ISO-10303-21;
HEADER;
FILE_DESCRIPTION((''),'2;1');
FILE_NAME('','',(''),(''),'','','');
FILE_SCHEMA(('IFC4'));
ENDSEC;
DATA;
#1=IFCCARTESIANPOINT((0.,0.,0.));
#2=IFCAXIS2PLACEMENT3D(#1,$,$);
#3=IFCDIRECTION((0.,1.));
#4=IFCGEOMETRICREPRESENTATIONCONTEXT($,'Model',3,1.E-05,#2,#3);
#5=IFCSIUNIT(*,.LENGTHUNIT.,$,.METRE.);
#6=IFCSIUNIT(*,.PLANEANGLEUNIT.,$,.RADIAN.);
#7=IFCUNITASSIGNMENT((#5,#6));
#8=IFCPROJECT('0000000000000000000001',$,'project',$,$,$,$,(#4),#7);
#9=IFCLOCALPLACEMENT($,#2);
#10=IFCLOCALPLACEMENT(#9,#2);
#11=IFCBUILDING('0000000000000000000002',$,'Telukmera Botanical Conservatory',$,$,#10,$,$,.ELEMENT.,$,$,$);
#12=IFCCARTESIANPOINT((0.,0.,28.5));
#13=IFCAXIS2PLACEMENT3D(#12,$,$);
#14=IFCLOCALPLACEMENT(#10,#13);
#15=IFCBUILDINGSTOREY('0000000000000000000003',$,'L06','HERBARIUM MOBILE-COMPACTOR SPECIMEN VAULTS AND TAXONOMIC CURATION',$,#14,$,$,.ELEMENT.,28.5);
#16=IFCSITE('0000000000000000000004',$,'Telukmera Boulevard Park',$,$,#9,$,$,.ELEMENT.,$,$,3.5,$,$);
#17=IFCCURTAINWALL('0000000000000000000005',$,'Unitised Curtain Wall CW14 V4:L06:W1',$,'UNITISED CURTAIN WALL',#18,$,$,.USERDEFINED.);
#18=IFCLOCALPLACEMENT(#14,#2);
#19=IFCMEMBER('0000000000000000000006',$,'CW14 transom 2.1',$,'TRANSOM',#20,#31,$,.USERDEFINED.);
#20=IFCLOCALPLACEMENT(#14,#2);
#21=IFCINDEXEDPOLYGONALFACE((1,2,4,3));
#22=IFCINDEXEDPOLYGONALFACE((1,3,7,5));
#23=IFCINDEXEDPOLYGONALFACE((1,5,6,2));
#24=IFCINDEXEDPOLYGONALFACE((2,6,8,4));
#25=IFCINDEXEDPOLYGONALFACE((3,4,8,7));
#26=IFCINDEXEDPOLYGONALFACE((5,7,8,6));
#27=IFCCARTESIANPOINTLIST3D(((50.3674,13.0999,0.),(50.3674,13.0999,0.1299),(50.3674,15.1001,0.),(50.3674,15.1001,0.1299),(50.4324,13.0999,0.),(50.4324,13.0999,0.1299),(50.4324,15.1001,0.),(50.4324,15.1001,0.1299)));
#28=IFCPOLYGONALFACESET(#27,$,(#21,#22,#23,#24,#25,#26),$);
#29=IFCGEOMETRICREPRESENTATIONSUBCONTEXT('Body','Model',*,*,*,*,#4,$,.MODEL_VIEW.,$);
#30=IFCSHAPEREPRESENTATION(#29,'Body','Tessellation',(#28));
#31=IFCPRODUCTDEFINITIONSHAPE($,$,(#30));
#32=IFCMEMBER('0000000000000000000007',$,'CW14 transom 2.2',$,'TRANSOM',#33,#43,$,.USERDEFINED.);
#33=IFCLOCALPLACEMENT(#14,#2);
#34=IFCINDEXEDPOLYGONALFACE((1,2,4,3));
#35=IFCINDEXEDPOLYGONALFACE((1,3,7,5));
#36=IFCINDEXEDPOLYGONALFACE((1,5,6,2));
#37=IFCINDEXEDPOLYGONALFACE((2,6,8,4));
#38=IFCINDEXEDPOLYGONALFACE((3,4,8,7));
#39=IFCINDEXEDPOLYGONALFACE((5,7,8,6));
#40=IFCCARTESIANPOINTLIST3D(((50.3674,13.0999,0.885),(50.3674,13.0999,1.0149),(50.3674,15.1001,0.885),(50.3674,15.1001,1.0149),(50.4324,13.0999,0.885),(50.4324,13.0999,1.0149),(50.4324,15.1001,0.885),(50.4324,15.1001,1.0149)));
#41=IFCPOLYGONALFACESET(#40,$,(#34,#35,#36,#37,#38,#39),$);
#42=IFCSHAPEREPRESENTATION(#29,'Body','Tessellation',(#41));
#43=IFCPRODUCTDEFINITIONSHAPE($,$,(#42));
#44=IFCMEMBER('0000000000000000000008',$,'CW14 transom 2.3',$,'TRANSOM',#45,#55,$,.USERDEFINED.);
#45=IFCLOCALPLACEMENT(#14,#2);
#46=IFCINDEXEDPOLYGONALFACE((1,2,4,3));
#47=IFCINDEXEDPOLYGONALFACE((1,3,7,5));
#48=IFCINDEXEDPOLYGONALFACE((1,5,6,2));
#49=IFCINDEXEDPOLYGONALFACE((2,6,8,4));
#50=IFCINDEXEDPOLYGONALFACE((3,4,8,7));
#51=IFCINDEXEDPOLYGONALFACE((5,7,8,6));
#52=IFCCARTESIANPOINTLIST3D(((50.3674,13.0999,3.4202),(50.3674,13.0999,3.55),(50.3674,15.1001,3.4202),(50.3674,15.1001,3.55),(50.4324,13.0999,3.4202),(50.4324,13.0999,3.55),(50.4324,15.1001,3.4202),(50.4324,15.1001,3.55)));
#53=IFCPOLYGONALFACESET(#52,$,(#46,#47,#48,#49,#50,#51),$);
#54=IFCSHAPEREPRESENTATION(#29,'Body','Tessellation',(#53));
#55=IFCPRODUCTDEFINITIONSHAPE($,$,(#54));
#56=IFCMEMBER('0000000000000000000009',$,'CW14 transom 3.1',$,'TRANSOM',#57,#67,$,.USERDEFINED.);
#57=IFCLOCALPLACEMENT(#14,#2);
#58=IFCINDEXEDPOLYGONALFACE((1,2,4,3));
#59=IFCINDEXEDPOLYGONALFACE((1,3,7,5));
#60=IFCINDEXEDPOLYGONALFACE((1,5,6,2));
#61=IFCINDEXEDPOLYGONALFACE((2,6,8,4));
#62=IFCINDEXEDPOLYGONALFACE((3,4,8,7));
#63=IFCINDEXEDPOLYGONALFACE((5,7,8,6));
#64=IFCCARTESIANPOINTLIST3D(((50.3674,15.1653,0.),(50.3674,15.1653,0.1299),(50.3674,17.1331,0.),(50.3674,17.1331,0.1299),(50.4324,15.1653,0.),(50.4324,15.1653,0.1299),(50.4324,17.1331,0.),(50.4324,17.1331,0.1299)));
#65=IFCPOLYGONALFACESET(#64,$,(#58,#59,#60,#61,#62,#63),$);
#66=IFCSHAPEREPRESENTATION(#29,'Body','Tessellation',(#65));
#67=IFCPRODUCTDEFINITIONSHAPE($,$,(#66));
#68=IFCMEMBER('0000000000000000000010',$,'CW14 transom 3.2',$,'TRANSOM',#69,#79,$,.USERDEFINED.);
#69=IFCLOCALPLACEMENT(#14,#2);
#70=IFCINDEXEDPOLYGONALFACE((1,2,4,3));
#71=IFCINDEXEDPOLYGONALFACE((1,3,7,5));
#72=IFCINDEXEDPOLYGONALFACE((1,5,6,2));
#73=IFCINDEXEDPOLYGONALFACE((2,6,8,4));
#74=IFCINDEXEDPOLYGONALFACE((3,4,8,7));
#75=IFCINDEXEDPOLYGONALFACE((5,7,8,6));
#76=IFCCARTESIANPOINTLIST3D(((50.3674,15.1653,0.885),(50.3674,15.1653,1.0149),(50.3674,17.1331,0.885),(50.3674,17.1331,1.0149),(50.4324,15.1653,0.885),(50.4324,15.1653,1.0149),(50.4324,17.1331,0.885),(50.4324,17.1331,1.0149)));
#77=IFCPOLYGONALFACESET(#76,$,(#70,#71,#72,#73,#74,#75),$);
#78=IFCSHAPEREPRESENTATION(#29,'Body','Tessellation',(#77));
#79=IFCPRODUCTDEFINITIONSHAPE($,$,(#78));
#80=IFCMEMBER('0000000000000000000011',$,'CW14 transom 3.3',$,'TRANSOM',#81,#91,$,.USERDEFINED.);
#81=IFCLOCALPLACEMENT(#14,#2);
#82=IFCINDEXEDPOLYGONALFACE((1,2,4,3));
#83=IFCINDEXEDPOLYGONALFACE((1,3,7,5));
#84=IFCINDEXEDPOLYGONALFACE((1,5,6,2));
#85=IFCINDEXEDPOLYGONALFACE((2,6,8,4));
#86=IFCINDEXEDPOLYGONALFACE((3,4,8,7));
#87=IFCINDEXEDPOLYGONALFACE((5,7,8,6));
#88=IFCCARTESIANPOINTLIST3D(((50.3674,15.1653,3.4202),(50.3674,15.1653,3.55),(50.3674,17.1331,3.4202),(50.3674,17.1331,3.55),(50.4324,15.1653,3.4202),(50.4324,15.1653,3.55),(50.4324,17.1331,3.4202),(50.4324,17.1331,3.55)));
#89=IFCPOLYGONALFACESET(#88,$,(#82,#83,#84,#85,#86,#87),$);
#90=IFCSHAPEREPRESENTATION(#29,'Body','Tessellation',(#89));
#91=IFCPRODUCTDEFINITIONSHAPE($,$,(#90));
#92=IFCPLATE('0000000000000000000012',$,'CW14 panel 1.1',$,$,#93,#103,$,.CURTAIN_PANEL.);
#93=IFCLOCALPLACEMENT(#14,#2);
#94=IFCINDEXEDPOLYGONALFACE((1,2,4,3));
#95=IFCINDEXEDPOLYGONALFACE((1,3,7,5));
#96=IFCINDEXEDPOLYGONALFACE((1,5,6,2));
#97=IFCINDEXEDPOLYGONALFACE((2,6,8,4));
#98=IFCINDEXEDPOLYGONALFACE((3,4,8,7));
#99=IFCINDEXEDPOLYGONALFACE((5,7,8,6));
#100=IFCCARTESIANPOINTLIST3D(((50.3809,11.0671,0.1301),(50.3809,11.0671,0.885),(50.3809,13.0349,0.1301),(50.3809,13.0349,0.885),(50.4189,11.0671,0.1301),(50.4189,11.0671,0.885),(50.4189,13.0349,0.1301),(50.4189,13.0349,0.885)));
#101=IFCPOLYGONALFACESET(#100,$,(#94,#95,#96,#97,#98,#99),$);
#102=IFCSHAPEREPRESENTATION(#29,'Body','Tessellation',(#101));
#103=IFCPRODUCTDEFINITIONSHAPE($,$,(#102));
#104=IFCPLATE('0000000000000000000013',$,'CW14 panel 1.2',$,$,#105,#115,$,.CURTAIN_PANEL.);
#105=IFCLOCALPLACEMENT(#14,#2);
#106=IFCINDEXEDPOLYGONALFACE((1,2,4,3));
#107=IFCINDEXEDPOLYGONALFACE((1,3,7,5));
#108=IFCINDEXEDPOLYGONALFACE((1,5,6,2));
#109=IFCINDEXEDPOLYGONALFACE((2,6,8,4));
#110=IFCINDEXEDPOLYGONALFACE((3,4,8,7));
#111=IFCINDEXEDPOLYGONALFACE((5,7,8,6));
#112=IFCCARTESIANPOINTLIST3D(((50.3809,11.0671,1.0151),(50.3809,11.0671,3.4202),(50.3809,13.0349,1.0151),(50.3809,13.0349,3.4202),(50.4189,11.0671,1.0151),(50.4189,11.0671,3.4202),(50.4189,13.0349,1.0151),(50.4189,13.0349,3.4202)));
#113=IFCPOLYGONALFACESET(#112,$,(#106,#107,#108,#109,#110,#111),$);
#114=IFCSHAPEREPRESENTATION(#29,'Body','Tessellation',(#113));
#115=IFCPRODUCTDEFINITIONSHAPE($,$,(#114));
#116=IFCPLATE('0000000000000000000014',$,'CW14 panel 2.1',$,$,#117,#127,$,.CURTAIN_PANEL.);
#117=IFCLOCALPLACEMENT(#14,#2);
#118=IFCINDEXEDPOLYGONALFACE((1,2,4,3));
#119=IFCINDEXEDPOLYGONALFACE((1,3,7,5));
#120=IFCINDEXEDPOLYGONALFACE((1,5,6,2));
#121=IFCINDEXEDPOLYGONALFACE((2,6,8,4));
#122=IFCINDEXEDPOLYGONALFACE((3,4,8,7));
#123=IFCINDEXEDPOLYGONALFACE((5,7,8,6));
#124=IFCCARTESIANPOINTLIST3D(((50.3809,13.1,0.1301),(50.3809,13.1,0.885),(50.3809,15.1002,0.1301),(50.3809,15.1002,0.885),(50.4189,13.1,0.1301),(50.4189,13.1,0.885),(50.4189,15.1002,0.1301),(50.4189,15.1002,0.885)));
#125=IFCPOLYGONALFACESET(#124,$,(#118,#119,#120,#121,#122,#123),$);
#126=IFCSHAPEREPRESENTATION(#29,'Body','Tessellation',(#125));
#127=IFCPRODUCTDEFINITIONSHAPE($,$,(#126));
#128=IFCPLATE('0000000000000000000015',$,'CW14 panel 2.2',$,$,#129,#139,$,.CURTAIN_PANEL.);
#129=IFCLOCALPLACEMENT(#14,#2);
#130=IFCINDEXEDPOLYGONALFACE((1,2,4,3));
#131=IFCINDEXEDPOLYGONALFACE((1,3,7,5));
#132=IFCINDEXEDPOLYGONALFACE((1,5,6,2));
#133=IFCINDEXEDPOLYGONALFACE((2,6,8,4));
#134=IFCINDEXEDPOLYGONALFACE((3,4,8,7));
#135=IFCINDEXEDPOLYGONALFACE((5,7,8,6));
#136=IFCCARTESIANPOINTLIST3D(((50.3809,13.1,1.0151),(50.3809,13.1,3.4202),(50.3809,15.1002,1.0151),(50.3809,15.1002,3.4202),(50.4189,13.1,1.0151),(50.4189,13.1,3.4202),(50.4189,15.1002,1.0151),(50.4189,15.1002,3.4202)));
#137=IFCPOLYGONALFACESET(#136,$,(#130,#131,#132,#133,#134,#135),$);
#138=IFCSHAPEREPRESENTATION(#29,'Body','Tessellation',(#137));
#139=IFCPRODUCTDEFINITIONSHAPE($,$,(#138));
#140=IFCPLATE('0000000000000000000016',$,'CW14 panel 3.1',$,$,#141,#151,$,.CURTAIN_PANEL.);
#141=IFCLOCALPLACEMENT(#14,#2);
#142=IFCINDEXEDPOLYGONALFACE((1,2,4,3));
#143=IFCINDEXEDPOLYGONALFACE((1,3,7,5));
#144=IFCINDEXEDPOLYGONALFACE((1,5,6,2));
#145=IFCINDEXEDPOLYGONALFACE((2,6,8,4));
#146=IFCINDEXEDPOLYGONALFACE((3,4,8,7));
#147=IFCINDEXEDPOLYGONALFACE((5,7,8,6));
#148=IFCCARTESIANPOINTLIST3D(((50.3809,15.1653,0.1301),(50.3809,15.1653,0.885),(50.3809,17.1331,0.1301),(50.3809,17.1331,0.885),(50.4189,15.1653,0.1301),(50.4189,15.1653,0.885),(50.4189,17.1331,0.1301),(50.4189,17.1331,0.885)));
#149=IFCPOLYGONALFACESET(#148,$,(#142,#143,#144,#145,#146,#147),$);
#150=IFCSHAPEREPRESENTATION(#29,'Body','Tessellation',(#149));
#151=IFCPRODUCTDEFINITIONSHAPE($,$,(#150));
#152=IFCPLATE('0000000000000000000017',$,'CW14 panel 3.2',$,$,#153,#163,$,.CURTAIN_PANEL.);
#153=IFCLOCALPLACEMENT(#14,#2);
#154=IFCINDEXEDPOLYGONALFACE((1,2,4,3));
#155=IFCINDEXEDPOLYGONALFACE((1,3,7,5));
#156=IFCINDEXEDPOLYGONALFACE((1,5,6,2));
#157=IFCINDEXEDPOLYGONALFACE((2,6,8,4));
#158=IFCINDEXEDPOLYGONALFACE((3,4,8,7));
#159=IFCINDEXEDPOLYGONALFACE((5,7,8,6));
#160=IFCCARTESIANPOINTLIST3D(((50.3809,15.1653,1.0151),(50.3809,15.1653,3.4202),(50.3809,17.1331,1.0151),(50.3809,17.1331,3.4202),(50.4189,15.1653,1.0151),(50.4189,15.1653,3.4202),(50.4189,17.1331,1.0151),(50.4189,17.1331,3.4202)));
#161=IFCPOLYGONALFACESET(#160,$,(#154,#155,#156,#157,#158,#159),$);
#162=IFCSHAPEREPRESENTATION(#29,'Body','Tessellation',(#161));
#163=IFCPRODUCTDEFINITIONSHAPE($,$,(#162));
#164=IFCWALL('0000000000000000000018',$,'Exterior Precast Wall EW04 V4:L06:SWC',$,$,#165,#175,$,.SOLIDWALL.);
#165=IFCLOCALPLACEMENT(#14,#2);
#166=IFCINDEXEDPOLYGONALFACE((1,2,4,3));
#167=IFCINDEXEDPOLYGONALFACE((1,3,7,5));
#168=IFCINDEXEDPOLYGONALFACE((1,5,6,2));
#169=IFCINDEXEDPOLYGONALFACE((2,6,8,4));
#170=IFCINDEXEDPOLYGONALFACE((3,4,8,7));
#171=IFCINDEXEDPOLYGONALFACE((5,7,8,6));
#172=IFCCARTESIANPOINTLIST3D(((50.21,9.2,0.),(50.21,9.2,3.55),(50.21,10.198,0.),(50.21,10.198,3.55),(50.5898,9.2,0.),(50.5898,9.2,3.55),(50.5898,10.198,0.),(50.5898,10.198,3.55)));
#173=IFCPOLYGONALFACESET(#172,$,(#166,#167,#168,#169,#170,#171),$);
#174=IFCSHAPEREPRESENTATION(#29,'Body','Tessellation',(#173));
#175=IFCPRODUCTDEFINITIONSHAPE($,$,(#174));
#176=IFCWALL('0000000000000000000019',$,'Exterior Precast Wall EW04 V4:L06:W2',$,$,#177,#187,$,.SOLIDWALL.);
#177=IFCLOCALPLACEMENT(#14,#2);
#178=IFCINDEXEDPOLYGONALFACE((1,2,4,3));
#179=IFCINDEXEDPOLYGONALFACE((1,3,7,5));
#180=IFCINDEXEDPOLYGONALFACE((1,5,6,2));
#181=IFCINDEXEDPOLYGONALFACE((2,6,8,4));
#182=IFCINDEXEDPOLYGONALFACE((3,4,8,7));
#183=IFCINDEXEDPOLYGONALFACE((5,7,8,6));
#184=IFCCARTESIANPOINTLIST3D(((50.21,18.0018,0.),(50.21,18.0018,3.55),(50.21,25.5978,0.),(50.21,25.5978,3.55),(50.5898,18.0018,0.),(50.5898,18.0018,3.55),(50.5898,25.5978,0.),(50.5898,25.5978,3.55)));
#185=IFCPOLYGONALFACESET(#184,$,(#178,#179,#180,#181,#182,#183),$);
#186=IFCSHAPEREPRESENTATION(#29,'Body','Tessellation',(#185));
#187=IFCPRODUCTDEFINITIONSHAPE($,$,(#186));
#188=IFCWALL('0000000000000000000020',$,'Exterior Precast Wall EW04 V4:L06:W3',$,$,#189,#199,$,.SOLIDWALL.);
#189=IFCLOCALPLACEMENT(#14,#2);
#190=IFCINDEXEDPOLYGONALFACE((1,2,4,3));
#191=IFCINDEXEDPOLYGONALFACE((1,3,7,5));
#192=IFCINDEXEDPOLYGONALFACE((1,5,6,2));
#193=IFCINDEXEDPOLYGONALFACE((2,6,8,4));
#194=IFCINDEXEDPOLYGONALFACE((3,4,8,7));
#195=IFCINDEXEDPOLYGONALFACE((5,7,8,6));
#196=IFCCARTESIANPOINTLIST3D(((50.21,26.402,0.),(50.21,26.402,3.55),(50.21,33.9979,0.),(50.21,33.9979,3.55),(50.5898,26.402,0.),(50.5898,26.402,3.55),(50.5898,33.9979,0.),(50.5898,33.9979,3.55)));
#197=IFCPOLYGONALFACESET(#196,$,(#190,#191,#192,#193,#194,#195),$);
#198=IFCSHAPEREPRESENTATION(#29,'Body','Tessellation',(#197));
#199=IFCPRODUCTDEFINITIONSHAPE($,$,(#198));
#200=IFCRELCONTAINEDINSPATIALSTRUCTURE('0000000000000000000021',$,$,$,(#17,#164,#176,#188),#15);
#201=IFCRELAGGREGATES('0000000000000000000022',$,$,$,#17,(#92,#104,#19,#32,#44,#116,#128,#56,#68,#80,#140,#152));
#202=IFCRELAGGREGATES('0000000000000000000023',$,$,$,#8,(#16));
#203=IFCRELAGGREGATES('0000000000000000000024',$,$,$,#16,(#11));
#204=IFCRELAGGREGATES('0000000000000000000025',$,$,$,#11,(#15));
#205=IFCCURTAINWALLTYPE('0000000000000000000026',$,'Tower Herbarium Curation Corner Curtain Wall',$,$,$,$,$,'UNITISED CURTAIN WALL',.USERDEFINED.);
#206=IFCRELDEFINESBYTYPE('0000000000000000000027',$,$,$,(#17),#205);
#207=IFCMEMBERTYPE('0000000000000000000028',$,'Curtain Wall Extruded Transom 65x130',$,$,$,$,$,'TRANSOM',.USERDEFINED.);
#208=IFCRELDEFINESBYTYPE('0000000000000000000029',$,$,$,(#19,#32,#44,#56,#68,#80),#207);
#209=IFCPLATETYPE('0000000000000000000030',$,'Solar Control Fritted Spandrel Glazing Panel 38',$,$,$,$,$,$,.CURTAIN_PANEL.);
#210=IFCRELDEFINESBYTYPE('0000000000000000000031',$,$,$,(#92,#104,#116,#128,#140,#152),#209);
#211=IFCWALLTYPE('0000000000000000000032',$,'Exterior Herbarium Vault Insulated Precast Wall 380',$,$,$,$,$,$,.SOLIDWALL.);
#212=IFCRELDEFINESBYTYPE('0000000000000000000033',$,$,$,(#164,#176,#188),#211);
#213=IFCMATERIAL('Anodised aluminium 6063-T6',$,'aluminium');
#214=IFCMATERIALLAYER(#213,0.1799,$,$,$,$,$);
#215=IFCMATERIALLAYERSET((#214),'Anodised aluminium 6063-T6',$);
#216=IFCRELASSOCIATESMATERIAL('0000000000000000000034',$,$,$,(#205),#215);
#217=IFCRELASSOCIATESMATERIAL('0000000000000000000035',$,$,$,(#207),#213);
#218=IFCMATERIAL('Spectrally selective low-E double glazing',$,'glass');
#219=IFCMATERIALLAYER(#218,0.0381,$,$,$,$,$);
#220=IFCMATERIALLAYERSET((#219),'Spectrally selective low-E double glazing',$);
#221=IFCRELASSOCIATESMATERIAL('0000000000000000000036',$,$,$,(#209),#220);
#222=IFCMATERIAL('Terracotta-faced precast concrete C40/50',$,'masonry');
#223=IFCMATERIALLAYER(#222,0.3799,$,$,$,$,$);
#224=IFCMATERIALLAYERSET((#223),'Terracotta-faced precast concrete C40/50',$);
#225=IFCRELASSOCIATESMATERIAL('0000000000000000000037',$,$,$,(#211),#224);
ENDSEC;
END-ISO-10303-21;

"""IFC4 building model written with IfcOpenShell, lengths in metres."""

from ifc_helpers import new_model, si_unit, direction, frame, frame_2d, origin, origin_2d, place, context, subcontext, project, spatial, rectangle, extrude, material, layer, layer_set, material_profile, profile_set, type_object, element, aggregate, save


model = new_model("IFC4")

# Units and contexts
model_context = context("Model", 3, precision=1e-05, world=origin(), true_north=direction((0.0, 1.0)))
body_context = subcontext(model_context, "Body", "Model", "MODEL_VIEW")
ifc_project = project(units=[si_unit("LENGTHUNIT", "METRE"), si_unit("PLANEANGLEUNIT", "RADIAN")], contexts=[model_context])

# Site, building, storey
site_placement = place(None, origin())
site = spatial("IfcSite", under=ifc_project, at=site_placement, Name="Telukmera Boulevard Park", CompositionType="ELEMENT", RefElevation=3.5)
building_placement = place(site_placement, origin())
building = spatial("IfcBuilding", under=site, at=building_placement, Name="Telukmera Botanical Conservatory", CompositionType="ELEMENT")
storey_placement = place(building_placement, frame((0.0, 0.0, 28.5)))
storey = spatial("IfcBuildingStorey", under=building, at=storey_placement, Name="L06", Description="HERBARIUM MOBILE-COMPACTOR SPECIMEN VAULTS AND TAXONOMIC CURATION", CompositionType="ELEMENT", Elevation=28.5)

# Curtain wall, members, plates
ifc_material_1 = material(Name="Anodised aluminium 6063-T6", Category="aluminium")
ifc_layer_1 = layer(ifc_material_1, 0.1799)
ifc_layer_set_1 = layer_set([ifc_layer_1], Name="Anodised aluminium 6063-T6")
curtain_wall_type = type_object("IfcCurtainWallType", Name="Tower Herbarium Curation Corner Curtain Wall", ElementType="UNITISED CURTAIN WALL", PredefinedType="USERDEFINED", material=ifc_layer_set_1)
curtain_wall_placement = place(storey_placement, origin())
curtain_wall = element("IfcCurtainWall", 1, at=curtain_wall_placement, inside=storey, type_object=curtain_wall_type, Name="Unitised Curtain Wall CW14 V4:L06:W1", ObjectType="UNITISED CURTAIN WALL", PredefinedType="USERDEFINED")
ifc_material_profile_1 = material_profile(ifc_material_1, rectangle(XDim=0.0649, YDim=0.1299, at=origin_2d()), Name="ALU TRAN 65x130")
ifc_profile_set_1 = profile_set([ifc_material_profile_1], Name="Anodised aluminium 6063-T6")
member_type_1 = type_object("IfcMemberType", Name="Curtain Wall Extruded Transom 65x130", ElementType="TRANSOM", PredefinedType="USERDEFINED", material=ifc_profile_set_1)
member_1_placement = place(storey_placement, frame((50.3999, 13.0999, 0.0649), z_axis=(0.0, 1.0, 0.0), x_axis=(-1.0, 0.0, 0.0)))
member_1 = element("IfcMember", 2, at=member_1_placement, type_object=member_type_1, Name="CW14 transom 2.1", ObjectType="TRANSOM", PredefinedType="USERDEFINED", context=body_context, shape_type="SweptSolid", body=[
    extrude(rectangle(XDim=0.0649, YDim=0.1299, at=origin_2d()), origin(), (0.0, 0.0, 1.0), 2.0002),
])
member_2_placement = place(storey_placement, frame((50.3999, 13.0999, 0.95), z_axis=(0.0, 1.0, 0.0), x_axis=(-1.0, 0.0, 0.0)))
member_2 = element("IfcMember", 3, at=member_2_placement, type_object=member_type_1, Name="CW14 transom 2.2", ObjectType="TRANSOM", PredefinedType="USERDEFINED", context=body_context, shape_type="SweptSolid", body=[
    extrude(rectangle(XDim=0.0649, YDim=0.1299, at=origin_2d()), origin(), (0.0, 0.0, 1.0), 2.0002),
])
member_3_placement = place(storey_placement, frame((50.3999, 13.0999, 3.4851), z_axis=(0.0, 1.0, 0.0), x_axis=(-1.0, 0.0, 0.0)))
member_3 = element("IfcMember", 4, at=member_3_placement, type_object=member_type_1, Name="CW14 transom 2.3", ObjectType="TRANSOM", PredefinedType="USERDEFINED", context=body_context, shape_type="SweptSolid", body=[
    extrude(rectangle(XDim=0.0649, YDim=0.1299, at=origin_2d()), origin(), (0.0, 0.0, 1.0), 2.0002),
])
member_4_placement = place(storey_placement, frame((50.3999, 15.1653, 0.0649), z_axis=(0.0, 1.0, 0.0), x_axis=(-1.0, 0.0, 0.0)))
member_4 = element("IfcMember", 5, at=member_4_placement, type_object=member_type_1, Name="CW14 transom 3.1", ObjectType="TRANSOM", PredefinedType="USERDEFINED", context=body_context, shape_type="SweptSolid", body=[
    extrude(rectangle(XDim=0.0649, YDim=0.1299, at=origin_2d()), origin(), (0.0, 0.0, 1.0), 1.9678),
])
member_5_placement = place(storey_placement, frame((50.3999, 15.1653, 0.95), z_axis=(0.0, 1.0, 0.0), x_axis=(-1.0, 0.0, 0.0)))
member_5 = element("IfcMember", 6, at=member_5_placement, type_object=member_type_1, Name="CW14 transom 3.2", ObjectType="TRANSOM", PredefinedType="USERDEFINED", context=body_context, shape_type="SweptSolid", body=[
    extrude(rectangle(XDim=0.0649, YDim=0.1299, at=origin_2d()), origin(), (0.0, 0.0, 1.0), 1.9678),
])
member_6_placement = place(storey_placement, frame((50.3999, 15.1653, 3.4851), z_axis=(0.0, 1.0, 0.0), x_axis=(-1.0, 0.0, 0.0)))
member_6 = element("IfcMember", 7, at=member_6_placement, type_object=member_type_1, Name="CW14 transom 3.3", ObjectType="TRANSOM", PredefinedType="USERDEFINED", context=body_context, shape_type="SweptSolid", body=[
    extrude(rectangle(XDim=0.0649, YDim=0.1299, at=origin_2d()), origin(), (0.0, 0.0, 1.0), 1.9678),
])
ifc_material_2 = material(Name="Spectrally selective low-E double glazing", Category="glass")
ifc_layer_2 = layer(ifc_material_2, 0.0381)
ifc_layer_set_2 = layer_set([ifc_layer_2], Name="Spectrally selective low-E double glazing")
plate_type = type_object("IfcPlateType", Name="Solar Control Fritted Spandrel Glazing Panel 38", PredefinedType="CURTAIN_PANEL", material=ifc_layer_set_2)
plate_1_placement = place(storey_placement, frame((50.3999, 12.051, 0.1301), z_axis=(0.0, 0.0, 1.0), x_axis=(0.0, 1.0, 0.0)))
plate_1 = element("IfcPlate", 8, at=plate_1_placement, type_object=plate_type, Name="CW14 panel 1.1", PredefinedType="CURTAIN_PANEL", context=body_context, shape_type="SweptSolid", body=[
    extrude(rectangle(XDim=1.9678, YDim=0.0381, at=origin_2d()), origin(), (0.0, 0.0, 1.0), 0.7549),
])
plate_2_placement = place(storey_placement, frame((50.3999, 12.051, 1.0151), z_axis=(0.0, 0.0, 1.0), x_axis=(0.0, 1.0, 0.0)))
plate_2 = element("IfcPlate", 9, at=plate_2_placement, type_object=plate_type, Name="CW14 panel 1.2", PredefinedType="CURTAIN_PANEL", context=body_context, shape_type="SweptSolid", body=[
    extrude(rectangle(XDim=1.9678, YDim=0.0381, at=origin_2d()), origin(), (0.0, 0.0, 1.0), 2.405),
])
plate_3_placement = place(storey_placement, frame((50.3999, 14.1001, 0.1301), z_axis=(0.0, 0.0, 1.0), x_axis=(0.0, 1.0, 0.0)))
plate_3 = element("IfcPlate", 10, at=plate_3_placement, type_object=plate_type, Name="CW14 panel 2.1", PredefinedType="CURTAIN_PANEL", context=body_context, shape_type="SweptSolid", body=[
    extrude(rectangle(XDim=2.0002, YDim=0.0381, at=origin_2d()), origin(), (0.0, 0.0, 1.0), 0.7549),
])
plate_4_placement = place(storey_placement, frame((50.3999, 14.1001, 1.0151), z_axis=(0.0, 0.0, 1.0), x_axis=(0.0, 1.0, 0.0)))
plate_4 = element("IfcPlate", 11, at=plate_4_placement, type_object=plate_type, Name="CW14 panel 2.2", PredefinedType="CURTAIN_PANEL", context=body_context, shape_type="SweptSolid", body=[
    extrude(rectangle(XDim=2.0002, YDim=0.0381, at=origin_2d()), origin(), (0.0, 0.0, 1.0), 2.405),
])
plate_5_placement = place(storey_placement, frame((50.3999, 16.1492, 0.1301), z_axis=(0.0, 0.0, 1.0), x_axis=(0.0, 1.0, 0.0)))
plate_5 = element("IfcPlate", 12, at=plate_5_placement, type_object=plate_type, Name="CW14 panel 3.1", PredefinedType="CURTAIN_PANEL", context=body_context, shape_type="SweptSolid", body=[
    extrude(rectangle(XDim=1.9678, YDim=0.0381, at=origin_2d()), origin(), (0.0, 0.0, 1.0), 0.7549),
])
plate_6_placement = place(storey_placement, frame((50.3999, 16.1492, 1.0151), z_axis=(0.0, 0.0, 1.0), x_axis=(0.0, 1.0, 0.0)))
plate_6 = element("IfcPlate", 13, at=plate_6_placement, type_object=plate_type, Name="CW14 panel 3.2", PredefinedType="CURTAIN_PANEL", context=body_context, shape_type="SweptSolid", body=[
    extrude(rectangle(XDim=1.9678, YDim=0.0381, at=origin_2d()), origin(), (0.0, 0.0, 1.0), 2.405),
])
aggregate(curtain_wall, [plate_1, plate_2, member_1, member_2, member_3, plate_3, plate_4, member_4, member_5, member_6, plate_5, plate_6])

# Walls
ifc_material_3 = material(Name="Terracotta-faced precast concrete C40/50", Category="masonry")
ifc_layer_3 = layer(ifc_material_3, 0.3799)
ifc_layer_set_3 = layer_set([ifc_layer_3], Name="Terracotta-faced precast concrete C40/50")
wall_type = type_object("IfcWallType", Name="Exterior Herbarium Vault Insulated Precast Wall 380", PredefinedType="SOLIDWALL", material=ifc_layer_set_3)
wall_placement = place(storey_placement, frame((50.3999, 9.2, 0.0), z_axis=(0.0, 0.0, 1.0), x_axis=(0.0, 1.0, 0.0)))
element("IfcWall", 14, at=wall_placement, inside=storey, type_object=wall_type, Name="Exterior Precast Wall EW04 V4:L06:SWC", PredefinedType="SOLIDWALL", context=body_context, shape_type="SweptSolid", body=[
    extrude(rectangle(XDim=0.998, YDim=0.3799, at=frame_2d((0.499, 0.0))), origin(), (0.0, 0.0, 1.0), 3.55),
])
for number, where, z_axis, x_axis, name in (
    (15, (50.3999, 18.002, 0.0), (0.0, 0.0, 1.0), (0.0, 1.0, 0.0), "Exterior Precast Wall EW04 V4:L06:W2"),
    (16, (50.3999, 26.4021, 0.0), (0.0, 0.0, 1.0), (0.0, 1.0, 0.0), "Exterior Precast Wall EW04 V4:L06:W3"),
):
    element("IfcWall", number, at=place(storey_placement, frame(where, z_axis=z_axis, x_axis=x_axis)), inside=storey, type_object=wall_type, Name=name, PredefinedType="SOLIDWALL", context=body_context, shape_type="SweptSolid", body=[
        extrude(rectangle(XDim=7.5959, YDim=0.3799, at=frame_2d((3.7979, 0.0))), origin(), (0.0, 0.0, 1.0), 3.55),
    ])

save(model, "model.ifc")
